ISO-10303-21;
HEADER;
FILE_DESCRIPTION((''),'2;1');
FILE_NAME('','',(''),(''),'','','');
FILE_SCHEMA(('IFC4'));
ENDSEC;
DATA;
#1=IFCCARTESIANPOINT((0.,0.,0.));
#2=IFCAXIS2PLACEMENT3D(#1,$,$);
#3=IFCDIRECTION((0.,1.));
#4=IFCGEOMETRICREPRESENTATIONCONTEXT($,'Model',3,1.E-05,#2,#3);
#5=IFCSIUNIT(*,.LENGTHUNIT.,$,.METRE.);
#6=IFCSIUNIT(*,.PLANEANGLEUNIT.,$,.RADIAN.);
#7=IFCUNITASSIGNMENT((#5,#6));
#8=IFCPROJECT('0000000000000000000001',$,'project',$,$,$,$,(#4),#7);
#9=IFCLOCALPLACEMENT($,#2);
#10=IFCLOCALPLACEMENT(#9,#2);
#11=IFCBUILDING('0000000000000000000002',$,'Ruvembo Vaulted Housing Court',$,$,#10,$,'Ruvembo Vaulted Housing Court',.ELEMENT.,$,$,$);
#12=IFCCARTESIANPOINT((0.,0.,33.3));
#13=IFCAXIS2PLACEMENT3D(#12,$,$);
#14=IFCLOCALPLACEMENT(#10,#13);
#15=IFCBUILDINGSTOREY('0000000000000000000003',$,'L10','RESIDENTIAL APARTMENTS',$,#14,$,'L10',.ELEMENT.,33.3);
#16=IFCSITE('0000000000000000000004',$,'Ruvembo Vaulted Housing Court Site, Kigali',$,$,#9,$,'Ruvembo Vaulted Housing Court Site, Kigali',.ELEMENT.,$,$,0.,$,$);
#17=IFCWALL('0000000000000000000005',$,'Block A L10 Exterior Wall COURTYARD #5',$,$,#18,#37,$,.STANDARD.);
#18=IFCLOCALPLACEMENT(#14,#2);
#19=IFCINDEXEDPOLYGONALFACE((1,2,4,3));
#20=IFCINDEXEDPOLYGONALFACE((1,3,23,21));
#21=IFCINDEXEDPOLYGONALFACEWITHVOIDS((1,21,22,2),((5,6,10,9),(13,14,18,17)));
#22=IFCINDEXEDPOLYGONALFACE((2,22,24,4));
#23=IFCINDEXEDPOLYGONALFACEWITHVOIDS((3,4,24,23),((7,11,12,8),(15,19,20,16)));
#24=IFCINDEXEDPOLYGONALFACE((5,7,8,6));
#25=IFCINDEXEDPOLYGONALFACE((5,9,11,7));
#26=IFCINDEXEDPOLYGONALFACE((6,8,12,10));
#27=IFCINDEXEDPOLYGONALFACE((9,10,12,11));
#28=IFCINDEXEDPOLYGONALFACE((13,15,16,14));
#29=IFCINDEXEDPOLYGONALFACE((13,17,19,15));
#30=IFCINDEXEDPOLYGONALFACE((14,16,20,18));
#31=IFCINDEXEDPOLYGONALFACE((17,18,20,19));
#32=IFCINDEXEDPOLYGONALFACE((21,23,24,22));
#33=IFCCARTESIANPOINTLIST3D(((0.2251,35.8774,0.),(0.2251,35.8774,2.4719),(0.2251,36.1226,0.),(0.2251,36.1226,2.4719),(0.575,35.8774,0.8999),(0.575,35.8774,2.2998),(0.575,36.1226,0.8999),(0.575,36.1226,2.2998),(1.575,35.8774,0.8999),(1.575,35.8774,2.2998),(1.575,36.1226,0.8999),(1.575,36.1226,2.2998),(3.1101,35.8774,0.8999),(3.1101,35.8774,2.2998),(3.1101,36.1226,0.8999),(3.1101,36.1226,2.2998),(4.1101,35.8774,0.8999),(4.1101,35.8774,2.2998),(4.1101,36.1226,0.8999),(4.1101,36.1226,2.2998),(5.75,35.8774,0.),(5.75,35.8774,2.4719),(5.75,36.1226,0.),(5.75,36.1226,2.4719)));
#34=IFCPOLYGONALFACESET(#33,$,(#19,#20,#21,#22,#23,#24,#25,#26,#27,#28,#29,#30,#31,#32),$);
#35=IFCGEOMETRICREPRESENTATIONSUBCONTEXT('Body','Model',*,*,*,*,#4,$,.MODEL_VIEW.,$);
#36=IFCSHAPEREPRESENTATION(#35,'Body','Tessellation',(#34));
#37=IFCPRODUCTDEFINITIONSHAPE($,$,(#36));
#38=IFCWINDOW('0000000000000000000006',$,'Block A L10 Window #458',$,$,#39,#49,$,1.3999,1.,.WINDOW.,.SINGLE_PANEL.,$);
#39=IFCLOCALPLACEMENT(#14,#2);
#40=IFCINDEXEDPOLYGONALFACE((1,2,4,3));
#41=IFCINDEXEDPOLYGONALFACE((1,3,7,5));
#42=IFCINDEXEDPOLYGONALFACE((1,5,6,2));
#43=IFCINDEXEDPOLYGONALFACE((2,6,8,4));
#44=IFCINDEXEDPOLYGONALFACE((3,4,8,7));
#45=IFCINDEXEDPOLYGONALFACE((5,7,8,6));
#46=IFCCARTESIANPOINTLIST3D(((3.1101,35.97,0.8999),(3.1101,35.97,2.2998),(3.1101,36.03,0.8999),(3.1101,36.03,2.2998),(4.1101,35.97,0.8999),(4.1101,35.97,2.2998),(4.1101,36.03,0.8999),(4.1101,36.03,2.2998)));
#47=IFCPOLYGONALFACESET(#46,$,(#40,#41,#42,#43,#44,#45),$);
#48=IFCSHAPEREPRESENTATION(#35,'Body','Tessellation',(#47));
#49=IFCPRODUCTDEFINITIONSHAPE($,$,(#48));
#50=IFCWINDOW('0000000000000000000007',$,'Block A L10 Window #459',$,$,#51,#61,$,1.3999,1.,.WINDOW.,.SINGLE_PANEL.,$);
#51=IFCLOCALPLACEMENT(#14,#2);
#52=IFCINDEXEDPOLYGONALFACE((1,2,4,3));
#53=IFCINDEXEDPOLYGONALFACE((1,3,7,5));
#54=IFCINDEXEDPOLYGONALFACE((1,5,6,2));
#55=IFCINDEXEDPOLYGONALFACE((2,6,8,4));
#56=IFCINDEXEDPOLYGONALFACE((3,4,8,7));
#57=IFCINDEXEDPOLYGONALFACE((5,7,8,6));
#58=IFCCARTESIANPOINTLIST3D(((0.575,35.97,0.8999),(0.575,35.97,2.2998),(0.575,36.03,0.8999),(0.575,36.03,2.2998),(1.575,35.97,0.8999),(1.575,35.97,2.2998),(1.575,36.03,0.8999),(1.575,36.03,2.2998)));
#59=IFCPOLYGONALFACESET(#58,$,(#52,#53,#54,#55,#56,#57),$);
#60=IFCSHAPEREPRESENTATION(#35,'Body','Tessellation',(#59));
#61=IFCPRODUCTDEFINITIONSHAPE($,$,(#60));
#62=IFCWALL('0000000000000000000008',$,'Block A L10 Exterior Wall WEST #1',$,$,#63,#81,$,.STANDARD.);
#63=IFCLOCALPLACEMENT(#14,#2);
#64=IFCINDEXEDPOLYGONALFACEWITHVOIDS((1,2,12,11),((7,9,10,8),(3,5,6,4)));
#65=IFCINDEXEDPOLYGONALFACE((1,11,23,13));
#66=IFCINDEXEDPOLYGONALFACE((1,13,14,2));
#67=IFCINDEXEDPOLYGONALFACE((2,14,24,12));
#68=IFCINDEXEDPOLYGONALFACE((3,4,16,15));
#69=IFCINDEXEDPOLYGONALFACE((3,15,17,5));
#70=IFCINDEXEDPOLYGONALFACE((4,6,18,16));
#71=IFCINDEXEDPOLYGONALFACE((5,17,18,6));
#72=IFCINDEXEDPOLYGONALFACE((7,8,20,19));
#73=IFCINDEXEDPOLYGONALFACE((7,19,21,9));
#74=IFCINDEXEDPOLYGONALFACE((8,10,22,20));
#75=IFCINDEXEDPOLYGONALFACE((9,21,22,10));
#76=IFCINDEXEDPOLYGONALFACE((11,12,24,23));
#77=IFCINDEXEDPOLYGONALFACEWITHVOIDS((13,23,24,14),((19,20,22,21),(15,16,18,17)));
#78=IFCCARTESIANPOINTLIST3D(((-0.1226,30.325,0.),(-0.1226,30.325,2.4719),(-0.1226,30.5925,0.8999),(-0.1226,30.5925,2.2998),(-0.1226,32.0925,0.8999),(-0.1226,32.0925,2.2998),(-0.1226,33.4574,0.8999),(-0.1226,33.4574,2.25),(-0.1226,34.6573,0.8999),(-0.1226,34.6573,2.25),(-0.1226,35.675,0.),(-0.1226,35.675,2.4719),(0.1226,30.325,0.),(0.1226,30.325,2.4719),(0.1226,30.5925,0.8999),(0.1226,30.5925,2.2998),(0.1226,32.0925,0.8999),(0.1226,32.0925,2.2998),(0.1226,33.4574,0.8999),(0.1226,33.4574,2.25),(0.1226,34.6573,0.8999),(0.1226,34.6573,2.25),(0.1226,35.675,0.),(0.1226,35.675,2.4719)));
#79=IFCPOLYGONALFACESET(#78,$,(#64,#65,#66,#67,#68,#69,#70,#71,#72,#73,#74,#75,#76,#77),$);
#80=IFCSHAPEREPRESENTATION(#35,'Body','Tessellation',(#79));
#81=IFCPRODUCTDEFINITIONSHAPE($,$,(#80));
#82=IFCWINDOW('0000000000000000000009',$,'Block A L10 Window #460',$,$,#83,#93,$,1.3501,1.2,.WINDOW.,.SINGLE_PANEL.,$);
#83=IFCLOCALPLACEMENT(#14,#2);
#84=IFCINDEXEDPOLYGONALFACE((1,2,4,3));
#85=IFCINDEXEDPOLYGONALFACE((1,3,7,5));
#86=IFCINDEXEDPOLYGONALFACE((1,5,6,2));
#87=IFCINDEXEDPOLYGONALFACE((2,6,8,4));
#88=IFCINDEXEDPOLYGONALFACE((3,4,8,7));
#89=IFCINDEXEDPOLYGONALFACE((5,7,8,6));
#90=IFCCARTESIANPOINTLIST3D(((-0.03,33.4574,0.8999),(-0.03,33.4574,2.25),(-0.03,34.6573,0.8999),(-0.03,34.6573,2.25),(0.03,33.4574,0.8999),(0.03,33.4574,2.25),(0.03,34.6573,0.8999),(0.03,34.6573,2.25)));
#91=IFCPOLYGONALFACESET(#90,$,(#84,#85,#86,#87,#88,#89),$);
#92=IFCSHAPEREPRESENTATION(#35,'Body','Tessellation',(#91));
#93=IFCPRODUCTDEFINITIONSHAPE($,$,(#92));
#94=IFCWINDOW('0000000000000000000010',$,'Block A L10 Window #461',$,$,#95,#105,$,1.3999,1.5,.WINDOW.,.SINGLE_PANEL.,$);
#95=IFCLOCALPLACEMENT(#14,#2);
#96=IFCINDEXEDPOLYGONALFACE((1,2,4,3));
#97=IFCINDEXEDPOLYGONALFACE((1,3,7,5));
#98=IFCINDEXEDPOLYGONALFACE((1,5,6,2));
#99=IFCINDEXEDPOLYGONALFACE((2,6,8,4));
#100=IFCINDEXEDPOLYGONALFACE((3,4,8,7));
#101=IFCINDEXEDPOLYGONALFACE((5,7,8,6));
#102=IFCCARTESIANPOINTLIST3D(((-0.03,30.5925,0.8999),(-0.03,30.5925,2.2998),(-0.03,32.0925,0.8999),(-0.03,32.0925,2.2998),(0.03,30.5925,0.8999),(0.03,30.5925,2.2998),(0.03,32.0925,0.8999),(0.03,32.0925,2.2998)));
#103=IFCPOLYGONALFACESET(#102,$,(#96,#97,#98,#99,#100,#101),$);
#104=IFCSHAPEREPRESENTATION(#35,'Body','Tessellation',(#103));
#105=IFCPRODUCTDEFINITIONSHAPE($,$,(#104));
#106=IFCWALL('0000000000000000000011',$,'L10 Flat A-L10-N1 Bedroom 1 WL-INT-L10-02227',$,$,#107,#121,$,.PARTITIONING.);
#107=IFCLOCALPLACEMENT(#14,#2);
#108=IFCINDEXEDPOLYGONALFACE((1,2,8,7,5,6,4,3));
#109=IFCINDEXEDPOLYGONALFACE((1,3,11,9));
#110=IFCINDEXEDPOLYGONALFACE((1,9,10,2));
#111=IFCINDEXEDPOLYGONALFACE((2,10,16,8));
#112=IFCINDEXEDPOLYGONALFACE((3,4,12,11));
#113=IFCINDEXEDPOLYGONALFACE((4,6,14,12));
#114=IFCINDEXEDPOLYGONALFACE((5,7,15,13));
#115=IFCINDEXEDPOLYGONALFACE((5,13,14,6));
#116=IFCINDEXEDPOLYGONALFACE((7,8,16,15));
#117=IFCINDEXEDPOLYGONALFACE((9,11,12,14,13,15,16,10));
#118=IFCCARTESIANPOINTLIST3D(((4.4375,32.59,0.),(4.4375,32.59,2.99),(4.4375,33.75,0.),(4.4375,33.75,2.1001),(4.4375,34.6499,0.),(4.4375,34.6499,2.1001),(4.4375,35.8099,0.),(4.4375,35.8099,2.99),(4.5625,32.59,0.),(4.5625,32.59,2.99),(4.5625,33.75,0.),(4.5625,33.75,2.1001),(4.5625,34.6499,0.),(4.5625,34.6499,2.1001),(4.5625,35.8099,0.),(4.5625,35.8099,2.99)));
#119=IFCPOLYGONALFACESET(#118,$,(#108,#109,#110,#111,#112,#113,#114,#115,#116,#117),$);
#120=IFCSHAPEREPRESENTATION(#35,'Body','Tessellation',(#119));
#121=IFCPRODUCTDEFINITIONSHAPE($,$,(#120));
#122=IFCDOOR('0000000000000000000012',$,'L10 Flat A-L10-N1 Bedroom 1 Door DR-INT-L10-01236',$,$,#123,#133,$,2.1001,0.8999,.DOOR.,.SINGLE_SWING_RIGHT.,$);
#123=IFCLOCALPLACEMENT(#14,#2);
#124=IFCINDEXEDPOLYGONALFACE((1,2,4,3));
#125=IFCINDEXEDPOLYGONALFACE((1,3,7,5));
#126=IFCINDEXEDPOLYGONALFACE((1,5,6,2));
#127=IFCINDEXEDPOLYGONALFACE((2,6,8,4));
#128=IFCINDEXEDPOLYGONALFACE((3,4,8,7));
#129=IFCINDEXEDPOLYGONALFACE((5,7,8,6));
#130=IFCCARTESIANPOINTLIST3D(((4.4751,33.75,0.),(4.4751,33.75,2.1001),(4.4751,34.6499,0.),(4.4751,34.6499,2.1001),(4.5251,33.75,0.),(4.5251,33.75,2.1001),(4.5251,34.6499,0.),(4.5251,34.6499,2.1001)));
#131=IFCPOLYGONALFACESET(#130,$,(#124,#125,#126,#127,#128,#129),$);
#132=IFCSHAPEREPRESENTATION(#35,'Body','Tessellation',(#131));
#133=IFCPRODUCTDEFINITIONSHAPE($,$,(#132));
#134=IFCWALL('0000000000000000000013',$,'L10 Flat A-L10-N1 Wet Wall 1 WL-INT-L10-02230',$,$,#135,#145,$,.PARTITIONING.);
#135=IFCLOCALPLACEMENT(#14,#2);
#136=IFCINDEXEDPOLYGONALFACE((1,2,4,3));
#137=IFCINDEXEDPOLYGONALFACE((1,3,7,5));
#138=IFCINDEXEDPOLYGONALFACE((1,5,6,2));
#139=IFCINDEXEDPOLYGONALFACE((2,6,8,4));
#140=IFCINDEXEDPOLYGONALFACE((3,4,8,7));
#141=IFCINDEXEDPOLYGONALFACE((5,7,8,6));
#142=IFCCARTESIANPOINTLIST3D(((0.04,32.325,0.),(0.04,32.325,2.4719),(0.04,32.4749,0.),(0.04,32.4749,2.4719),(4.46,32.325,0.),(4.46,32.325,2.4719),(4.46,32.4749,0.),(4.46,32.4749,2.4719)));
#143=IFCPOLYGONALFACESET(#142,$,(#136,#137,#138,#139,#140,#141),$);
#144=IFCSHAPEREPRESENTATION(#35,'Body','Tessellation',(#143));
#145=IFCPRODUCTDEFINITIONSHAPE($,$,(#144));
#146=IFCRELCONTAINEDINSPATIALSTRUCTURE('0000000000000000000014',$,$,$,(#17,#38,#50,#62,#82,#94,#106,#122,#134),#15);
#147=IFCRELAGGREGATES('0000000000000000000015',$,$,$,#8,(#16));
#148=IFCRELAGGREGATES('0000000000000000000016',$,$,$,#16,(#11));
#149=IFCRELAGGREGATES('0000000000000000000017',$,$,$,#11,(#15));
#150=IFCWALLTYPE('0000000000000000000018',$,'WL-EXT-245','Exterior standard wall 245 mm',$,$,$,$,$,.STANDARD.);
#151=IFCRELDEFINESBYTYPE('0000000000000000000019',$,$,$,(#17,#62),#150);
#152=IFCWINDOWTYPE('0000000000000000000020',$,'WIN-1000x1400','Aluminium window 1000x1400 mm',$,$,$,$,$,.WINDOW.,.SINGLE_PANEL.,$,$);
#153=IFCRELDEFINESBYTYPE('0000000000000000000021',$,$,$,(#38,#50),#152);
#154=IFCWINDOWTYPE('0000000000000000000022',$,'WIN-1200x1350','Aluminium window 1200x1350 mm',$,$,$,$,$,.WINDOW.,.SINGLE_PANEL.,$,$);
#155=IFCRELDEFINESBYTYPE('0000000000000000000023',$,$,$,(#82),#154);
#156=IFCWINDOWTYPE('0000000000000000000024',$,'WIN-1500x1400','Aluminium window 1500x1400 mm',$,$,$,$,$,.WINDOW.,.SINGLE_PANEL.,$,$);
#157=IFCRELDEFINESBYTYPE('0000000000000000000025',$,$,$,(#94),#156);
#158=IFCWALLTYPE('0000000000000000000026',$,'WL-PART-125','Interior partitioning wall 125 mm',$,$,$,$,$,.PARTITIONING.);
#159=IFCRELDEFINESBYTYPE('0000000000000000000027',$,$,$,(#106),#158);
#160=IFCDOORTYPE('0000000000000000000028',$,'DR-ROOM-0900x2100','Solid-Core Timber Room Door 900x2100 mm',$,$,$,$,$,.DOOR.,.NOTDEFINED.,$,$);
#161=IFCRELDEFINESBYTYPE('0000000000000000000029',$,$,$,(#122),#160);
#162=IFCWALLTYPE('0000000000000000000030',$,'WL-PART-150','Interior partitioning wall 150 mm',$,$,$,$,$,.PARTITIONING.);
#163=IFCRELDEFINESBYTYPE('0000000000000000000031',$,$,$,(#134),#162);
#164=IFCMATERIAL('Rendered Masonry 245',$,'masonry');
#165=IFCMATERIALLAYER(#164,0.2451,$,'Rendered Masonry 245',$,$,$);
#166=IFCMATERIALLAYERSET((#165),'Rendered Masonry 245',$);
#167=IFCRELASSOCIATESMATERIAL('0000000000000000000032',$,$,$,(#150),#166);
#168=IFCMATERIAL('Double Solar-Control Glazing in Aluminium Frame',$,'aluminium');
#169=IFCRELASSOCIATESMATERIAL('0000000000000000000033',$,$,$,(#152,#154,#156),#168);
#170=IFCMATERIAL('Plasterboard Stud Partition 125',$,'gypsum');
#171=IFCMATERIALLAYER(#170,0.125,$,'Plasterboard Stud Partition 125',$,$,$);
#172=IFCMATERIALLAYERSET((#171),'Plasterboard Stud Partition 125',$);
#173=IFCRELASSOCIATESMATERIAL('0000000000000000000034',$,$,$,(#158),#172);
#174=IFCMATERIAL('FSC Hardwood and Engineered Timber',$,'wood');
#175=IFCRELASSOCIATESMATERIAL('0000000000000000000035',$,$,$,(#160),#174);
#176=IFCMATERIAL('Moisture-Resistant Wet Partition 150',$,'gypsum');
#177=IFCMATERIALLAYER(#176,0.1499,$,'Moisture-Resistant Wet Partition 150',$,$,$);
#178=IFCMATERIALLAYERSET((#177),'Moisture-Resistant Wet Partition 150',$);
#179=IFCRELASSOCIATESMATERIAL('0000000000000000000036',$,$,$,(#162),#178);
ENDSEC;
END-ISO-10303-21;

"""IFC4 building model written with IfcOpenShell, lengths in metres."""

from ifc_helpers import new_model, si_unit, direction, frame, frame_2d, origin, place, context, subcontext, project, spatial, rectangle, extrude, material, layer, layer_set, type_object, element, fill, save


model = new_model("IFC4")

# Units and contexts
model_context = context("Model", 3, precision=1e-05, world=origin(), true_north=direction((0.0, 1.0)))
body_context = subcontext(model_context, "Body", "Model", "MODEL_VIEW")
ifc_project = project(units=[si_unit("LENGTHUNIT", "METRE"), si_unit("PLANEANGLEUNIT", "RADIAN")], contexts=[model_context])

# Site, building, storey
site_placement = place(None, origin())
site = spatial("IfcSite", under=ifc_project, at=site_placement, Name="Ruvembo Vaulted Housing Court Site, Kigali", LongName="Ruvembo Vaulted Housing Court Site, Kigali", CompositionType="ELEMENT", RefElevation=0.0)
building_placement = place(site_placement, origin())
building = spatial("IfcBuilding", under=site, at=building_placement, Name="Ruvembo Vaulted Housing Court", LongName="Ruvembo Vaulted Housing Court", CompositionType="ELEMENT")
storey_placement = place(building_placement, frame((0.0, 0.0, 33.3)))
storey = spatial("IfcBuildingStorey", under=building, at=storey_placement, Name="L10", Description="RESIDENTIAL APARTMENTS", LongName="L10", CompositionType="ELEMENT", Elevation=33.3)

# Walls, openings, windows
ifc_material_1 = material(Name="Rendered Masonry 245", Category="masonry")
ifc_layer_1 = layer(ifc_material_1, 0.2451, Name="Rendered Masonry 245")
ifc_layer_set_1 = layer_set([ifc_layer_1], Name="Rendered Masonry 245")
wall_type_1 = type_object("IfcWallType", Name="WL-EXT-245", Description="Exterior standard wall 245 mm", PredefinedType="STANDARD", material=ifc_layer_set_1)
ifc_material_2 = material(Name="Double Solar-Control Glazing in Aluminium Frame", Category="aluminium")
wall_1_placement = place(storey_placement, frame((5.75, 36.0, 0.0), z_axis=(0.0, 0.0, 1.0), x_axis=(-1.0, 0.0, 0.0)))
wall_1 = element("IfcWall", 1, at=wall_1_placement, inside=storey, type_object=wall_type_1, Name="Block A L10 Exterior Wall COURTYARD #5", PredefinedType="STANDARD", context=body_context, shape_type="SweptSolid", body=[
    extrude(rectangle(XDim=5.5249, YDim=0.2451, at=frame_2d((2.7625, 0.0))), origin(), (0.0, 0.0, 1.0), 2.4719),
])
opening_1_placement = place(wall_1_placement, frame((1.6399, 0.0, 0.8999)))
opening_1 = element("IfcOpeningElement", 2, at=opening_1_placement, cuts=wall_1, PredefinedType="OPENING", context=body_context, shape_type="SweptSolid", body=[
    extrude(rectangle(XDim=1.0, YDim=1.3999, at=frame_2d((0.5, 0.7))), frame((0.0, 0.1326, 0.0), z_axis=(0.0, -1.0, 0.0), x_axis=(1.0, 0.0, 0.0)), (0.0, 0.0, 1.0), 0.2651),
])
opening_2_placement = place(wall_1_placement, frame((4.175, 0.0, 0.8999)))
opening_2 = element("IfcOpeningElement", 3, at=opening_2_placement, cuts=wall_1, PredefinedType="OPENING", context=body_context, shape_type="SweptSolid", body=[
    extrude(rectangle(XDim=1.0, YDim=1.3999, at=frame_2d((0.5, 0.7))), frame((0.0, 0.1326, 0.0), z_axis=(0.0, -1.0, 0.0), x_axis=(1.0, 0.0, 0.0)), (0.0, 0.0, 1.0), 0.2651),
])
window_type_1 = type_object("IfcWindowType", Name="WIN-1000x1400", Description="Aluminium window 1000x1400 mm", PartitioningType="SINGLE_PANEL", PredefinedType="WINDOW", material=ifc_material_2)
window_1_placement = place(opening_1_placement, origin())
window_1 = element("IfcWindow", 4, at=window_1_placement, inside=storey, type_object=window_type_1, Name="Block A L10 Window #458", OverallHeight=1.3999, OverallWidth=1.0, PartitioningType="SINGLE_PANEL", PredefinedType="WINDOW", context=body_context, shape_type="SweptSolid", body=[
    extrude(rectangle(XDim=1.0, YDim=1.3999, at=frame_2d((0.5, 0.7))), frame((0.0, 0.03, 0.0), z_axis=(0.0, -1.0, 0.0), x_axis=(1.0, 0.0, 0.0)), (0.0, 0.0, 1.0), 0.0601),
])
fill(opening_1, window_1)
window_2_placement = place(opening_2_placement, origin())
window_2 = element("IfcWindow", 5, at=window_2_placement, inside=storey, type_object=window_type_1, Name="Block A L10 Window #459", OverallHeight=1.3999, OverallWidth=1.0, PartitioningType="SINGLE_PANEL", PredefinedType="WINDOW", context=body_context, shape_type="SweptSolid", body=[
    extrude(rectangle(XDim=1.0, YDim=1.3999, at=frame_2d((0.5, 0.7))), frame((0.0, 0.03, 0.0), z_axis=(0.0, -1.0, 0.0), x_axis=(1.0, 0.0, 0.0)), (0.0, 0.0, 1.0), 0.0601),
])
fill(opening_2, window_2)
wall_2_placement = place(storey_placement, frame((0.0, 35.675, 0.0), z_axis=(0.0, 0.0, 1.0), x_axis=(0.0, -1.0, 0.0)))
wall_2 = element("IfcWall", 6, at=wall_2_placement, inside=storey, type_object=wall_type_1, Name="Block A L10 Exterior Wall WEST #1", PredefinedType="STANDARD", context=body_context, shape_type="SweptSolid", body=[
    extrude(rectangle(XDim=5.3501, YDim=0.2451, at=frame_2d((2.675, 0.0))), origin(), (0.0, 0.0, 1.0), 2.4719),
])
opening_3_placement = place(wall_2_placement, frame((1.0176, 0.0, 0.8999)))
opening_3 = element("IfcOpeningElement", 7, at=opening_3_placement, cuts=wall_2, PredefinedType="OPENING", context=body_context, shape_type="SweptSolid", body=[
    extrude(rectangle(XDim=1.2, YDim=1.3501, at=frame_2d((0.6001, 0.675))), frame((0.0, 0.1326, 0.0), z_axis=(0.0, -1.0, 0.0), x_axis=(1.0, 0.0, 0.0)), (0.0, 0.0, 1.0), 0.2651),
])
opening_4_placement = place(wall_2_placement, frame((3.5825, 0.0, 0.8999)))
opening_4 = element("IfcOpeningElement", 8, at=opening_4_placement, cuts=wall_2, PredefinedType="OPENING", context=body_context, shape_type="SweptSolid", body=[
    extrude(rectangle(XDim=1.5, YDim=1.3999, at=frame_2d((0.75, 0.7))), frame((0.0, 0.1326, 0.0), z_axis=(0.0, -1.0, 0.0), x_axis=(1.0, 0.0, 0.0)), (0.0, 0.0, 1.0), 0.2651),
])
window_type_2 = type_object("IfcWindowType", Name="WIN-1200x1350", Description="Aluminium window 1200x1350 mm", PartitioningType="SINGLE_PANEL", PredefinedType="WINDOW", material=ifc_material_2)
window_3_placement = place(opening_3_placement, origin())
window_3 = element("IfcWindow", 9, at=window_3_placement, inside=storey, type_object=window_type_2, Name="Block A L10 Window #460", OverallHeight=1.3501, OverallWidth=1.2, PartitioningType="SINGLE_PANEL", PredefinedType="WINDOW", context=body_context, shape_type="SweptSolid", body=[
    extrude(rectangle(XDim=1.2, YDim=1.3501, at=frame_2d((0.6001, 0.675))), frame((0.0, 0.03, 0.0), z_axis=(0.0, -1.0, 0.0), x_axis=(1.0, 0.0, 0.0)), (0.0, 0.0, 1.0), 0.0601),
])
fill(opening_3, window_3)
window_type_3 = type_object("IfcWindowType", Name="WIN-1500x1400", Description="Aluminium window 1500x1400 mm", PartitioningType="SINGLE_PANEL", PredefinedType="WINDOW", material=ifc_material_2)
window_4_placement = place(opening_4_placement, origin())
window_4 = element("IfcWindow", 10, at=window_4_placement, inside=storey, type_object=window_type_3, Name="Block A L10 Window #461", OverallHeight=1.3999, OverallWidth=1.5, PartitioningType="SINGLE_PANEL", PredefinedType="WINDOW", context=body_context, shape_type="SweptSolid", body=[
    extrude(rectangle(XDim=1.5, YDim=1.3999, at=frame_2d((0.75, 0.7))), frame((0.0, 0.03, 0.0), z_axis=(0.0, -1.0, 0.0), x_axis=(1.0, 0.0, 0.0)), (0.0, 0.0, 1.0), 0.0601),
])
fill(opening_4, window_4)

# Wall, opening, door
ifc_material_3 = material(Name="Plasterboard Stud Partition 125", Category="gypsum")
ifc_layer_2 = layer(ifc_material_3, 0.125, Name="Plasterboard Stud Partition 125")
ifc_layer_set_2 = layer_set([ifc_layer_2], Name="Plasterboard Stud Partition 125")
wall_type_2 = type_object("IfcWallType", Name="WL-PART-125", Description="Interior partitioning wall 125 mm", PredefinedType="PARTITIONING", material=ifc_layer_set_2)
wall_3_placement = place(storey_placement, frame((4.5, 32.5901, 0.0), z_axis=(0.0, 0.0, 1.0), x_axis=(0.0, 1.0, 0.0)))
wall_3 = element("IfcWall", 11, at=wall_3_placement, inside=storey, type_object=wall_type_2, Name="L10 Flat A-L10-N1 Bedroom 1 WL-INT-L10-02227", PredefinedType="PARTITIONING", context=body_context, shape_type="SweptSolid", body=[
    extrude(rectangle(XDim=3.22, YDim=0.125, at=frame_2d((1.6099, 0.0))), origin(), (0.0, 0.0, 1.0), 2.99),
])
opening_5_placement = place(wall_3_placement, frame((1.1599, 0.0, 0.0)))
opening_5 = element("IfcOpeningElement", 12, at=opening_5_placement, cuts=wall_3, PredefinedType="OPENING", context=body_context, shape_type="SweptSolid", body=[
    extrude(rectangle(XDim=0.8999, YDim=2.1001, at=frame_2d((0.45, 1.05))), frame((0.0, 0.0725, 0.0), z_axis=(0.0, -1.0, 0.0), x_axis=(1.0, 0.0, 0.0)), (0.0, 0.0, 1.0), 0.145),
])
ifc_material_4 = material(Name="FSC Hardwood and Engineered Timber", Category="wood")
door_type = type_object("IfcDoorType", Name="DR-ROOM-0900x2100", Description="Solid-Core Timber Room Door 900x2100 mm", OperationType="NOTDEFINED", PredefinedType="DOOR", material=ifc_material_4)
door_placement = place(opening_5_placement, origin())
door = element("IfcDoor", 13, at=door_placement, inside=storey, type_object=door_type, Name="L10 Flat A-L10-N1 Bedroom 1 Door DR-INT-L10-01236", OperationType="SINGLE_SWING_RIGHT", OverallHeight=2.1001, OverallWidth=0.8999, PredefinedType="DOOR", context=body_context, shape_type="SweptSolid", body=[
    extrude(rectangle(XDim=0.8999, YDim=2.1001, at=frame_2d((0.45, 1.05))), frame((0.0, 0.0249, 0.0), z_axis=(0.0, -1.0, 0.0), x_axis=(1.0, 0.0, 0.0)), (0.0, 0.0, 1.0), 0.05),
])
fill(opening_5, door)

# Wall
ifc_material_5 = material(Name="Moisture-Resistant Wet Partition 150", Category="gypsum")
ifc_layer_3 = layer(ifc_material_5, 0.1499, Name="Moisture-Resistant Wet Partition 150")
ifc_layer_set_3 = layer_set([ifc_layer_3], Name="Moisture-Resistant Wet Partition 150")
wall_type_3 = type_object("IfcWallType", Name="WL-PART-150", Description="Interior partitioning wall 150 mm", PredefinedType="PARTITIONING", material=ifc_layer_set_3)
wall_4_placement = place(storey_placement, frame((0.04, 32.3999, 0.0), z_axis=(0.0, 0.0, 1.0), x_axis=(1.0, 0.0, 0.0)))
element("IfcWall", 14, at=wall_4_placement, inside=storey, type_object=wall_type_3, Name="L10 Flat A-L10-N1 Wet Wall 1 WL-INT-L10-02230", PredefinedType="PARTITIONING", context=body_context, shape_type="SweptSolid", body=[
    extrude(rectangle(XDim=4.4199, YDim=0.1499, at=frame_2d((2.21, 0.0))), origin(), (0.0, 0.0, 1.0), 2.4719),
])

save(model, "model.ifc")
